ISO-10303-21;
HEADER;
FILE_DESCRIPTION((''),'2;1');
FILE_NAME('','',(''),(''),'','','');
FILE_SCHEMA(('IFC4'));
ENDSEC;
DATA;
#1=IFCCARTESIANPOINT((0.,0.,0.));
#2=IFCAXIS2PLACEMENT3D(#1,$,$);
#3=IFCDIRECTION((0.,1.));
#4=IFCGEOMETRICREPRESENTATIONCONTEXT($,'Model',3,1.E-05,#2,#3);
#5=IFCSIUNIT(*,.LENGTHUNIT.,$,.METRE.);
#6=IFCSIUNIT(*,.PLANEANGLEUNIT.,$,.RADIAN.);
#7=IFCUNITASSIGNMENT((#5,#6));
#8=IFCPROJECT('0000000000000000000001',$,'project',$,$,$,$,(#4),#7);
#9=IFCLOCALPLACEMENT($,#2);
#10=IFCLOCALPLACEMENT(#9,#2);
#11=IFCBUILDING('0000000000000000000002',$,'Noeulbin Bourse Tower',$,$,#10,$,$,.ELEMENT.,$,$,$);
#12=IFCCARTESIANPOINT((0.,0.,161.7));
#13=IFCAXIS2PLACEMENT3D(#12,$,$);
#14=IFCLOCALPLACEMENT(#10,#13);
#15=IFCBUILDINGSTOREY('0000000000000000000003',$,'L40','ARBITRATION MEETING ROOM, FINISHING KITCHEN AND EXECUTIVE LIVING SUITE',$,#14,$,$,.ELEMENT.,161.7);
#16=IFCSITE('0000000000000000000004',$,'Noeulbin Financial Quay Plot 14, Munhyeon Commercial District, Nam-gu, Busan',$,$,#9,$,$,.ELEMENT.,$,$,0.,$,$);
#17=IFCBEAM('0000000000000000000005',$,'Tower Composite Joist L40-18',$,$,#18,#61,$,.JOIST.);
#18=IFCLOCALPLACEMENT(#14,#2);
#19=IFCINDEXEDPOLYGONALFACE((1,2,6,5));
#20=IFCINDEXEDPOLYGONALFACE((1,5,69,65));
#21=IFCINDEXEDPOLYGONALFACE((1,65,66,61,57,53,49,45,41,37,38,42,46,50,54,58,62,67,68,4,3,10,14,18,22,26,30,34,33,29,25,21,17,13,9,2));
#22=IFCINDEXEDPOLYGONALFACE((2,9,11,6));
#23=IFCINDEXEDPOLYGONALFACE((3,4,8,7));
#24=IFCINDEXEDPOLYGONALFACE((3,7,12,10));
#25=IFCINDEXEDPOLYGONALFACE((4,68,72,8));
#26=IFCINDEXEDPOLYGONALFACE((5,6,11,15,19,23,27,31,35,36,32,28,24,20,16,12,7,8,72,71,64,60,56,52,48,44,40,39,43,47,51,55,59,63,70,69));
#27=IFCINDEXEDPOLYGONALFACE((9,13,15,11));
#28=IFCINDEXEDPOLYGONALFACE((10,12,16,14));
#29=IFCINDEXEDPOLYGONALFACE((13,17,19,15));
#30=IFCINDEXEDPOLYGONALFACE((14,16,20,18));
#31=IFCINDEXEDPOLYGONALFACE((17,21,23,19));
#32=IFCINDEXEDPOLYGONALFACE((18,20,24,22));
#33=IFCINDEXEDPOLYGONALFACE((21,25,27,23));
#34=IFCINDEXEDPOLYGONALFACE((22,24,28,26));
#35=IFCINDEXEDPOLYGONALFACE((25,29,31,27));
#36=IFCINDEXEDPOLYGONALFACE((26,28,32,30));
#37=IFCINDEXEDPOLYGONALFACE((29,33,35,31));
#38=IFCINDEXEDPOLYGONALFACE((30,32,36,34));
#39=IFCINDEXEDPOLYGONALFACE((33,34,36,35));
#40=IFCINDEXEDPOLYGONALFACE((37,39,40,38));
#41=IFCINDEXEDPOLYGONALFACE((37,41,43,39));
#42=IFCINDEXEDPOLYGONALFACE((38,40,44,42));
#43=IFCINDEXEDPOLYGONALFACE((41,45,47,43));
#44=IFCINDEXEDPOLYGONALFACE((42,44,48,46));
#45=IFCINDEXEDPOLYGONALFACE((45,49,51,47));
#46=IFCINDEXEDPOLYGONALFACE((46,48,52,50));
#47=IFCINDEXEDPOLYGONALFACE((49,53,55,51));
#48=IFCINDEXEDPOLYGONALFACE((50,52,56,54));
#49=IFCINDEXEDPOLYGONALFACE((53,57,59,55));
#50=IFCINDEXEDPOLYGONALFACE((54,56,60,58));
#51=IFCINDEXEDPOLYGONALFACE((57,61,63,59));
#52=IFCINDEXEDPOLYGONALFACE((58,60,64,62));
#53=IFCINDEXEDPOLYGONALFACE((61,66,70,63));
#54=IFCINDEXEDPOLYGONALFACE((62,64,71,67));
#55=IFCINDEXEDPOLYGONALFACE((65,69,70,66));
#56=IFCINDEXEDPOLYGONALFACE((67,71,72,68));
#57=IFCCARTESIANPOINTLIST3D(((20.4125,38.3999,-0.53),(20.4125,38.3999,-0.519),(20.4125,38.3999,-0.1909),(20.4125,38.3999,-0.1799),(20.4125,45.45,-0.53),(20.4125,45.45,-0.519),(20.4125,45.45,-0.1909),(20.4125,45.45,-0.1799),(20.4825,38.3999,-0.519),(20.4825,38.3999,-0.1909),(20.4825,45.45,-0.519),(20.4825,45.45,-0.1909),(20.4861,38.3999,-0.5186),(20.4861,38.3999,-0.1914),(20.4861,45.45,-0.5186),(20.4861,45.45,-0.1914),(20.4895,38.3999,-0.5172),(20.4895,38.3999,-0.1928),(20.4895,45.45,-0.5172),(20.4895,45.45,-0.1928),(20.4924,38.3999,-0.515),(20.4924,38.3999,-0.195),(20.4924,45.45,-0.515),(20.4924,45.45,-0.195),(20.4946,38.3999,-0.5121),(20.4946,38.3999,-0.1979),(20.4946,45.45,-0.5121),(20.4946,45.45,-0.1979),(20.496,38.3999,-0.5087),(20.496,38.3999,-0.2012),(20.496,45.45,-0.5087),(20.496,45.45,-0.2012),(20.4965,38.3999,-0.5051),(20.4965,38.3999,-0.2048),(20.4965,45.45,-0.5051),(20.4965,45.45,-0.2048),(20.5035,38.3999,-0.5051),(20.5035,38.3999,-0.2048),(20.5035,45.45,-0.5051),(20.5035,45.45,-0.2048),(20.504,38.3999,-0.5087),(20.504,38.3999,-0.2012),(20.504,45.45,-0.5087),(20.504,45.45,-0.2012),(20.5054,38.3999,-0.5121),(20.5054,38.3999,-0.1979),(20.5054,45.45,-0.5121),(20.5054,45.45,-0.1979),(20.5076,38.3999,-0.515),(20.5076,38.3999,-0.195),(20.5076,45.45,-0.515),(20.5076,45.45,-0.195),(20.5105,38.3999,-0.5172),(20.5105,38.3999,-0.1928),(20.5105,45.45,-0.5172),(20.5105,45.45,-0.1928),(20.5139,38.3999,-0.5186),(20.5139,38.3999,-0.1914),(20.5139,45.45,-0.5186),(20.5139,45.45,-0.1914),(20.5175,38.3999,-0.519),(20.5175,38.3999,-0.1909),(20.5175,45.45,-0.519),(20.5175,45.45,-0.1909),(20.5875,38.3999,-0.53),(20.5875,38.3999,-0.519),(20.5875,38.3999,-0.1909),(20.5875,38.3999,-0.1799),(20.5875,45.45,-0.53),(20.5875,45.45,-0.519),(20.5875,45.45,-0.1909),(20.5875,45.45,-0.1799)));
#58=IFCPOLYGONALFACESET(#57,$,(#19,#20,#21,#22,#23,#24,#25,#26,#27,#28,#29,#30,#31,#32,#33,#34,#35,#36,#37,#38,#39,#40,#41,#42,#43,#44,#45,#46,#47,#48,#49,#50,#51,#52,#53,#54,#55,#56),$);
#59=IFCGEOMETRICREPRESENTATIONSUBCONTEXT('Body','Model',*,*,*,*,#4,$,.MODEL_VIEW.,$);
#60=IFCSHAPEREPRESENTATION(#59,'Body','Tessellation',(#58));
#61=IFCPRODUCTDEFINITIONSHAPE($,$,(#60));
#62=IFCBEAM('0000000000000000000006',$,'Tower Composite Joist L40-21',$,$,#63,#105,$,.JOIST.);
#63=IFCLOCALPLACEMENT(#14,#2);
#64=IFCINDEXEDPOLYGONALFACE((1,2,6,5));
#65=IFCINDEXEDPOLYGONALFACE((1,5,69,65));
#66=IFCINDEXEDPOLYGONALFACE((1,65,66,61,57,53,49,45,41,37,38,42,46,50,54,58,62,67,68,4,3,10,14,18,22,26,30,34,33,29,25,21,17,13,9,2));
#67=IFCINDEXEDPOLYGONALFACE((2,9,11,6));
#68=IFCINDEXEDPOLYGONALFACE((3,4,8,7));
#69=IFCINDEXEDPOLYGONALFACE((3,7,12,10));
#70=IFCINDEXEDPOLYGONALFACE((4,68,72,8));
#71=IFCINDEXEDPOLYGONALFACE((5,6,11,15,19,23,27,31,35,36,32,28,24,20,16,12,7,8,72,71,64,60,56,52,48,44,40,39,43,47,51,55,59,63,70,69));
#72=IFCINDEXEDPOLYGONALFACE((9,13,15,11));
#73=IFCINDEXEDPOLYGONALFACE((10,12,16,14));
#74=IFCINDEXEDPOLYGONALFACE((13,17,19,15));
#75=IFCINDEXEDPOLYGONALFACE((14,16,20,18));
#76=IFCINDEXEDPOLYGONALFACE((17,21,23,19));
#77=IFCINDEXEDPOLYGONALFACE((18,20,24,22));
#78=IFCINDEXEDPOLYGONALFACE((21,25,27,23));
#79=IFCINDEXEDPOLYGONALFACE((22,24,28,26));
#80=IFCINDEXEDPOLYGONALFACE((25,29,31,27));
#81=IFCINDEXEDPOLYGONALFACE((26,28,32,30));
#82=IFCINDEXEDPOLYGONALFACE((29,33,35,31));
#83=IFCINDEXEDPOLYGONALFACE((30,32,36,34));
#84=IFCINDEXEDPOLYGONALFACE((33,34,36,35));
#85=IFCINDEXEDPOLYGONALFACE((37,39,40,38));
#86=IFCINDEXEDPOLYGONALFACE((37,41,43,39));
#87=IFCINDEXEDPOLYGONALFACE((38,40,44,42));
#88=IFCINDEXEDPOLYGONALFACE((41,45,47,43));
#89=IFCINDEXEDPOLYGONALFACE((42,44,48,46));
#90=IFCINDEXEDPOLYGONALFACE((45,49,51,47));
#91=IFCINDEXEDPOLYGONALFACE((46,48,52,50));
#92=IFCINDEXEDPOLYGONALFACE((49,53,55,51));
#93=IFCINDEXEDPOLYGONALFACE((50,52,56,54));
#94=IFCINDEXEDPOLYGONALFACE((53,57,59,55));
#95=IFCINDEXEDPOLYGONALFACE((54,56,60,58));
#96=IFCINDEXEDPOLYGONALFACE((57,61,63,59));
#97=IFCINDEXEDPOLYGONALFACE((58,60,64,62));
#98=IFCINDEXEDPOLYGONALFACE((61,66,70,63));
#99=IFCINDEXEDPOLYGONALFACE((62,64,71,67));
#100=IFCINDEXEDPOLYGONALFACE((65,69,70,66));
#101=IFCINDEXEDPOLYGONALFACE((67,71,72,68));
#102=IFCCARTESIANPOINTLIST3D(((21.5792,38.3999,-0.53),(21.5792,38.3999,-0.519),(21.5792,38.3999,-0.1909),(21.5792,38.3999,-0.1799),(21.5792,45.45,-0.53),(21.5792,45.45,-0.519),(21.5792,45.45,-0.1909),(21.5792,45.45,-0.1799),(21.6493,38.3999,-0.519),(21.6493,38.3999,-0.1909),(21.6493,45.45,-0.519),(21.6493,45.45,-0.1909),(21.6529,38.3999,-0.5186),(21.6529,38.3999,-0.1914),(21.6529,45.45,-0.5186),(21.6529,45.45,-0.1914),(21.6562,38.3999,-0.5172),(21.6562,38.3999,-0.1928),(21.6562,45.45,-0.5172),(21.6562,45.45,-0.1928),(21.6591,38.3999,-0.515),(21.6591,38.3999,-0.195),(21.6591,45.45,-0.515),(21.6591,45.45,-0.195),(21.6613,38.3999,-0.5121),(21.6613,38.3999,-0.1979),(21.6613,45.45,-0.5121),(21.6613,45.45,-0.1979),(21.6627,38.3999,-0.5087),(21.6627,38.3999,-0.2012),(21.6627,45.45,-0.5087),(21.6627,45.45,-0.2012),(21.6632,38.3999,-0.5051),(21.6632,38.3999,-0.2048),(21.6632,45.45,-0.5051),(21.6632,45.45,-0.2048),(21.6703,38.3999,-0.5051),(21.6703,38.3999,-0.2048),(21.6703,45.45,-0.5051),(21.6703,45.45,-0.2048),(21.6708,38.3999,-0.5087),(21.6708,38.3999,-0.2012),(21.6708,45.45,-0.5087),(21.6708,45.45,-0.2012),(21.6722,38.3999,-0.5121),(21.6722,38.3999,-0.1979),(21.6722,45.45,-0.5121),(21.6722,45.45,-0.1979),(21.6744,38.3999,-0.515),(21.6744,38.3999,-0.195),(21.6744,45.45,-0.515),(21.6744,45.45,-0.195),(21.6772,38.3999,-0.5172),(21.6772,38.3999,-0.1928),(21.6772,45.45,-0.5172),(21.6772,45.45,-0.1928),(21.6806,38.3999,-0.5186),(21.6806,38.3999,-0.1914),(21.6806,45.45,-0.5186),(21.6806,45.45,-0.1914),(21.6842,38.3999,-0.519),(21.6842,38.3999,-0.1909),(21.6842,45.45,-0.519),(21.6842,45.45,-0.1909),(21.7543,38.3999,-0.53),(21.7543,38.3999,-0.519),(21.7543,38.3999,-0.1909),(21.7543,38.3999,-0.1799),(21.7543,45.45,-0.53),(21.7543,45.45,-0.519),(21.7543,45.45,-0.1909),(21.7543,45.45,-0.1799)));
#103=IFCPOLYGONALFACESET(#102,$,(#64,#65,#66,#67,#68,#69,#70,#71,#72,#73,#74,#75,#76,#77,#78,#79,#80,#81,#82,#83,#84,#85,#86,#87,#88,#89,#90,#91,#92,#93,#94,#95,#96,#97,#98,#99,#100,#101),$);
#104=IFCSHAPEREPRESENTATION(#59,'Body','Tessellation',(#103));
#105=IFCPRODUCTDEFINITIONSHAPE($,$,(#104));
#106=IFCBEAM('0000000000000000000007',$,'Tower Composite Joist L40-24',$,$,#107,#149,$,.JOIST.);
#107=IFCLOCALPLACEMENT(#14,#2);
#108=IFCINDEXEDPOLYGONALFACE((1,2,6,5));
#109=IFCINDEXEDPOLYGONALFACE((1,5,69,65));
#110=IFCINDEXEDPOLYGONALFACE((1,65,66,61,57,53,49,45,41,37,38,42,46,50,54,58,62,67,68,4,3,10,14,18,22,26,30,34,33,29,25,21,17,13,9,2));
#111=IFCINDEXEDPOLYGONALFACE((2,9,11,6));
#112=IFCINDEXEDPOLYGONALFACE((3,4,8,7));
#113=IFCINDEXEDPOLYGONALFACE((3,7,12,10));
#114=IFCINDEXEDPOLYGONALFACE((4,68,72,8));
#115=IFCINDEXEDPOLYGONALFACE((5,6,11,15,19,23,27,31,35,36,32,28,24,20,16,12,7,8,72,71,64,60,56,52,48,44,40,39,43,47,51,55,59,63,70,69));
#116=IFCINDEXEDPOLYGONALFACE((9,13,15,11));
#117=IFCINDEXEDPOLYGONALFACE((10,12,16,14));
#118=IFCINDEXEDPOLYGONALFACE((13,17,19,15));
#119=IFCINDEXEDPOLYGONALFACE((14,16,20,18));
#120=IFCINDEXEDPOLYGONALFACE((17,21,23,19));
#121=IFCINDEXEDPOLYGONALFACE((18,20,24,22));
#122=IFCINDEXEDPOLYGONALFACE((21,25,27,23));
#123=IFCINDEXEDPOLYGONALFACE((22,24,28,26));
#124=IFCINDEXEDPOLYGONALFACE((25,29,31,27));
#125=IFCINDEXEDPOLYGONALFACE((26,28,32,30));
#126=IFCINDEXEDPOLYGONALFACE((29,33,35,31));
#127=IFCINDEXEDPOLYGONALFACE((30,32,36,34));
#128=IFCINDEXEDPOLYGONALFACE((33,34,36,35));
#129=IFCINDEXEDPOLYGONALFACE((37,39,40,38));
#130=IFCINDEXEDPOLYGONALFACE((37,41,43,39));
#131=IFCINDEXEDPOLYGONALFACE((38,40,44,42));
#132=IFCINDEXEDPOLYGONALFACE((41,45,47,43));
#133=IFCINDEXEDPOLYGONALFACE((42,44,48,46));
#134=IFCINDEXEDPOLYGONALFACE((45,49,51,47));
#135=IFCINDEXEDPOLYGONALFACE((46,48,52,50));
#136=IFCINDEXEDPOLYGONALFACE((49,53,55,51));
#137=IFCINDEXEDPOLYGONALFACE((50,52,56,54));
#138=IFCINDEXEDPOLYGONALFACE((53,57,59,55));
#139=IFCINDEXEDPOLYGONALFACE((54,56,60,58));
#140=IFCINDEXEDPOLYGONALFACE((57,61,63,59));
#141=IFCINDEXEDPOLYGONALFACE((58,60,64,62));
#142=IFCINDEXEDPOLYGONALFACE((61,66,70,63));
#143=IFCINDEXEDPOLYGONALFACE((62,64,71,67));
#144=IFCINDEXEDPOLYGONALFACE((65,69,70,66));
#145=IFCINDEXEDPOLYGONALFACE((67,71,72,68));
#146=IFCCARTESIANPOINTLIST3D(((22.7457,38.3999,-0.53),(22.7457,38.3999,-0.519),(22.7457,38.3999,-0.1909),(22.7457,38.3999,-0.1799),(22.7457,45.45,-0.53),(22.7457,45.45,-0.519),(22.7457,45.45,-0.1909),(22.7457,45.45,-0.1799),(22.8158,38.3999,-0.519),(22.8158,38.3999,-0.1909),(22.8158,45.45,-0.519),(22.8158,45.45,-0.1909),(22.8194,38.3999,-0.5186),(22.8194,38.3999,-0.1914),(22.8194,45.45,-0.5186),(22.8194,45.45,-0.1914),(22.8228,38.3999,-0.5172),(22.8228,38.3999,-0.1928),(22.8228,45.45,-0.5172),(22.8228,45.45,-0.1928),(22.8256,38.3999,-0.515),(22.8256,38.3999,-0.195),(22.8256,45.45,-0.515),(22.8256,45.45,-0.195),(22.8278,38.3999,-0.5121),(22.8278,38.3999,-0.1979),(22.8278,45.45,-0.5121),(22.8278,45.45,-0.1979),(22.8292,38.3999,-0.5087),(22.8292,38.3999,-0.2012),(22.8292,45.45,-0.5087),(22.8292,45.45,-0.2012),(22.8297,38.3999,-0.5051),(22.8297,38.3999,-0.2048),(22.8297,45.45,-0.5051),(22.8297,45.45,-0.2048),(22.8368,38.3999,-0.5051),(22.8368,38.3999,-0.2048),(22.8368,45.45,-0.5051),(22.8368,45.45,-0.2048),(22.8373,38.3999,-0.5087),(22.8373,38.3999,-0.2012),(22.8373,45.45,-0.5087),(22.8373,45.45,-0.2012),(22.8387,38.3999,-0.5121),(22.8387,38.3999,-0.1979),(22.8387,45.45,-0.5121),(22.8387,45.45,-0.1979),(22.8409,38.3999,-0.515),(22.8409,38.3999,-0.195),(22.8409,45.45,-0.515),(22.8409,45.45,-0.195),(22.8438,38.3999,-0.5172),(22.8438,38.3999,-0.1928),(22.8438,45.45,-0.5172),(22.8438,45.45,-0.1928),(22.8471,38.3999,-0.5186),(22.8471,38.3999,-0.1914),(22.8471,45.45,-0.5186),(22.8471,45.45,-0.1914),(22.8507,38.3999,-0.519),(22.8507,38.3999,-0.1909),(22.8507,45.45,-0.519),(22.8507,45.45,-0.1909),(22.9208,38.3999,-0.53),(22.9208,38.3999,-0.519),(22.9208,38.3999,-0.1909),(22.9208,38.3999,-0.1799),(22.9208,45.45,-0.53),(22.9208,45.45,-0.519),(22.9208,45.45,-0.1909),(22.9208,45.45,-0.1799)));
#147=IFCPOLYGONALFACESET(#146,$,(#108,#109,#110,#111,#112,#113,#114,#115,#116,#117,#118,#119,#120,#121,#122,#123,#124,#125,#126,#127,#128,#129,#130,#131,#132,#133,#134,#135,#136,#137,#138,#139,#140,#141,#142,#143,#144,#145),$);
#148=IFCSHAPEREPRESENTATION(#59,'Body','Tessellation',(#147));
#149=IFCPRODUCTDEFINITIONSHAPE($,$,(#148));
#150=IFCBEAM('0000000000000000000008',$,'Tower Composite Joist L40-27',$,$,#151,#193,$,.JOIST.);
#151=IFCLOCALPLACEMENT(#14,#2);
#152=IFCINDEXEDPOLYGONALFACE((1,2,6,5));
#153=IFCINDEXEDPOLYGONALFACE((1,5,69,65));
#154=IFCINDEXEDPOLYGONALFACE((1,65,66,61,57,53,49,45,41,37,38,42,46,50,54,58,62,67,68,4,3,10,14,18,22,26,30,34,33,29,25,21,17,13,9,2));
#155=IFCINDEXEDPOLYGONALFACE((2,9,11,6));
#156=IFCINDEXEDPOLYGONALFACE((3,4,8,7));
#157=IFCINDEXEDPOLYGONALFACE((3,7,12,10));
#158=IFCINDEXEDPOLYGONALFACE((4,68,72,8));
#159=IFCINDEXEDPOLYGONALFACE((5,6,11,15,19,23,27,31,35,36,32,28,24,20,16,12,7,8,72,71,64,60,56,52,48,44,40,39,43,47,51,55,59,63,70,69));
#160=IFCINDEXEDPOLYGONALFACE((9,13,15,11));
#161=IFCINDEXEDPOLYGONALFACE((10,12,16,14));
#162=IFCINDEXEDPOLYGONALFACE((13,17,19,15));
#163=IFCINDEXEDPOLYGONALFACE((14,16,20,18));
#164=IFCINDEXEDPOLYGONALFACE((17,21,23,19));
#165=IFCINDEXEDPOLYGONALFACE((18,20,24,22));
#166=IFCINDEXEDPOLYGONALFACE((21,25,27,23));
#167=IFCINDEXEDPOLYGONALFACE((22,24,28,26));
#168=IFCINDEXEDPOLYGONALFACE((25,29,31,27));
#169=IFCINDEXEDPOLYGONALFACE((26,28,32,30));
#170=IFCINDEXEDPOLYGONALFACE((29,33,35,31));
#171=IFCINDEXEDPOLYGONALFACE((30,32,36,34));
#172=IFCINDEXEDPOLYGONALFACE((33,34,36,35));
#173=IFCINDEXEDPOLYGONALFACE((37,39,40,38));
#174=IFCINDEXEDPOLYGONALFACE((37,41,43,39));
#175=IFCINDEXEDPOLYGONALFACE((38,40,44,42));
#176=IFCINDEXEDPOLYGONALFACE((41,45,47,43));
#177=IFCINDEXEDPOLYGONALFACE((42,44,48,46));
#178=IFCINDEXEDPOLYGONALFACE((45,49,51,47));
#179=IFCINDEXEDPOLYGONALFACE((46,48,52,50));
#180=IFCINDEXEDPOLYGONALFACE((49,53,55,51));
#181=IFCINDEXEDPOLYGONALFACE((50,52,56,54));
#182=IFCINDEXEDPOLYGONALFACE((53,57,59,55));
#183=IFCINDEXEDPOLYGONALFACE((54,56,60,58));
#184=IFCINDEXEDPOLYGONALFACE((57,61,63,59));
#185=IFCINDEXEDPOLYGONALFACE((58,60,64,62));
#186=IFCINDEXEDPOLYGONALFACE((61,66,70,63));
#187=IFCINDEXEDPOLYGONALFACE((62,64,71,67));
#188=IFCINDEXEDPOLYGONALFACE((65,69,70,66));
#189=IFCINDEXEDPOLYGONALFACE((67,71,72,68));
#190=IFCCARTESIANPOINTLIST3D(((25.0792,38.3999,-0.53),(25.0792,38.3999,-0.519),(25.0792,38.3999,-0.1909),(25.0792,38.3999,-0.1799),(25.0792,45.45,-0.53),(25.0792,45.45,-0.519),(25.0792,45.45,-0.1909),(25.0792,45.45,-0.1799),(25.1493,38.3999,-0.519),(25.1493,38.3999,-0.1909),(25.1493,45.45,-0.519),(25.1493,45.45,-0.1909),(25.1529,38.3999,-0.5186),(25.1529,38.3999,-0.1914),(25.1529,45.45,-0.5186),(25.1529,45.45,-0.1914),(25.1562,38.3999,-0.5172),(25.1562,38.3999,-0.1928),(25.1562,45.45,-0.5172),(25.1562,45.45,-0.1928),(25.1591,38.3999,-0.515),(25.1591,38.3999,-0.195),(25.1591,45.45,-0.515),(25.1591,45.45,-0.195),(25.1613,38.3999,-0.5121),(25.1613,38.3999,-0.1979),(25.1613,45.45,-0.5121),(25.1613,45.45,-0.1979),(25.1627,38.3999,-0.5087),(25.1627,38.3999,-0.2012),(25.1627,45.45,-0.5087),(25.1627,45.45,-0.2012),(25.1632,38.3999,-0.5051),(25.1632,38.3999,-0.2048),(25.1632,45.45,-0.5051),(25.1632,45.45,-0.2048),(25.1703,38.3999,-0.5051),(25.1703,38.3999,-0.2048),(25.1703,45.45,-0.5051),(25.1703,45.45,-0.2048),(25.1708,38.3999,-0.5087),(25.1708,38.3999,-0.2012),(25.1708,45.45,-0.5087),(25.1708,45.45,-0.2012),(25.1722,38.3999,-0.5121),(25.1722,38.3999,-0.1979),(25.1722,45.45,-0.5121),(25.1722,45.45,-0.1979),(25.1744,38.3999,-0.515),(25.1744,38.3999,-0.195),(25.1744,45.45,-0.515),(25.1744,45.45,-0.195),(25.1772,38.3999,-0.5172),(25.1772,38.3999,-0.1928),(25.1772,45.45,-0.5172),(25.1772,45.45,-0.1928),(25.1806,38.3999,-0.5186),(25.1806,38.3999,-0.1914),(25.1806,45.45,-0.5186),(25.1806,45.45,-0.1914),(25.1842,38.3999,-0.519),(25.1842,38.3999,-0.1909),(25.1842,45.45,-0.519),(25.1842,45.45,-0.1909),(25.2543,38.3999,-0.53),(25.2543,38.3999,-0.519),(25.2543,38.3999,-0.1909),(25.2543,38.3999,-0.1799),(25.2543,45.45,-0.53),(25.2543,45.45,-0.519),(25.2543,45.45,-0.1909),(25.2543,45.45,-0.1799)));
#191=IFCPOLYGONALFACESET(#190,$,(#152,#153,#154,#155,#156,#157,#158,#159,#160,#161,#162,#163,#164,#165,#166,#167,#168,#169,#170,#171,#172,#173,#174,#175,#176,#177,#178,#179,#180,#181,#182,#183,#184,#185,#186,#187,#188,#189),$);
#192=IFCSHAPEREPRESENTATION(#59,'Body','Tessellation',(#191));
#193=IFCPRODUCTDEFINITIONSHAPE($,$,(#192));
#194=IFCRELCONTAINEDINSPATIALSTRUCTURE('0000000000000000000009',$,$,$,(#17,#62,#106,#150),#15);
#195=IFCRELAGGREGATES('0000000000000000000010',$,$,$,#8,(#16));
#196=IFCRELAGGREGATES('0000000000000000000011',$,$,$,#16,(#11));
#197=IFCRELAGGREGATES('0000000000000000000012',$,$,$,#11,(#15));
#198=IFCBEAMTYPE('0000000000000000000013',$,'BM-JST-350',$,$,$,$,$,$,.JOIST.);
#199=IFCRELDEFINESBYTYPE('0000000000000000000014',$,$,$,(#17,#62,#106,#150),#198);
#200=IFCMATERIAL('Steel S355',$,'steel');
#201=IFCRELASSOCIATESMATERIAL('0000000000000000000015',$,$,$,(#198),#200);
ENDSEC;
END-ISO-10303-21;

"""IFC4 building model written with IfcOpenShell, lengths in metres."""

from ifc_helpers import new_model, si_unit, direction, frame, origin, origin_2d, place, context, subcontext, project, spatial, i_section, extrude, material, material_profile, profile_set, type_object, element, save


model = new_model("IFC4")

# Units and contexts
model_context = context("Model", 3, precision=1e-05, world=origin(), true_north=direction((0.0, 1.0)))
body_context = subcontext(model_context, "Body", "Model", "MODEL_VIEW")
ifc_project = project(units=[si_unit("LENGTHUNIT", "METRE"), si_unit("PLANEANGLEUNIT", "RADIAN")], contexts=[model_context])

# Site, building, storey
site_placement = place(None, origin())
site = spatial("IfcSite", under=ifc_project, at=site_placement, Name="Noeulbin Financial Quay Plot 14, Munhyeon Commercial District, Nam-gu, Busan", CompositionType="ELEMENT", RefElevation=0.0)
building_placement = place(site_placement, origin())
building = spatial("IfcBuilding", under=site, at=building_placement, Name="Noeulbin Bourse Tower", CompositionType="ELEMENT")
storey_placement = place(building_placement, frame((0.0, 0.0, 161.7)))
storey = spatial("IfcBuildingStorey", under=building, at=storey_placement, Name="L40", Description="ARBITRATION MEETING ROOM, FINISHING KITCHEN AND EXECUTIVE LIVING SUITE", CompositionType="ELEMENT", Elevation=161.7)

# Shared definitions
ifc_material_1 = material(Name="Steel S355", Category="steel")

# Beams
ifc_material_profile_1 = material_profile(ifc_material_1, i_section(OverallWidth=0.175, OverallDepth=0.3501, WebThickness=0.0071, FlangeThickness=0.011, FilletRadius=0.0139, at=origin_2d()), Name="H-350x175x7x11", Category="LoadBearing")
ifc_profile_set_1 = profile_set([ifc_material_profile_1], Name="Steel S355")
beam_type_1 = type_object("IfcBeamType", Name="BM-JST-350", PredefinedType="JOIST", material=ifc_profile_set_1)
for number, where, z_axis, x_axis, name in (
    (1, (20.5, 38.3999, -0.355), (0.0, 1.0, 0.0), (-1.0, 0.0, 0.0), "Tower Composite Joist L40-18"),
    (2, (21.6667, 38.3999, -0.355), (0.0, 1.0, 0.0), (-1.0, 0.0, 0.0), "Tower Composite Joist L40-21"),
    (3, (22.8333, 38.3999, -0.355), (0.0, 1.0, 0.0), (-1.0, 0.0, 0.0), "Tower Composite Joist L40-24"),
    (4, (25.1667, 38.3999, -0.355), (0.0, 1.0, 0.0), (-1.0, 0.0, 0.0), "Tower Composite Joist L40-27"),
):
    element("IfcBeam", number, at=place(storey_placement, frame(where, z_axis=z_axis, x_axis=x_axis)), inside=storey, type_object=beam_type_1, Name=name, PredefinedType="JOIST", context=body_context, shape_type="SweptSolid", body=[
        extrude(i_section(OverallWidth=0.175, OverallDepth=0.3501, WebThickness=0.0071, FlangeThickness=0.011, FilletRadius=0.0139, at=origin_2d()), origin(), (0.0, 0.0, 1.0), 7.05),
    ])

save(model, "model.ifc")
